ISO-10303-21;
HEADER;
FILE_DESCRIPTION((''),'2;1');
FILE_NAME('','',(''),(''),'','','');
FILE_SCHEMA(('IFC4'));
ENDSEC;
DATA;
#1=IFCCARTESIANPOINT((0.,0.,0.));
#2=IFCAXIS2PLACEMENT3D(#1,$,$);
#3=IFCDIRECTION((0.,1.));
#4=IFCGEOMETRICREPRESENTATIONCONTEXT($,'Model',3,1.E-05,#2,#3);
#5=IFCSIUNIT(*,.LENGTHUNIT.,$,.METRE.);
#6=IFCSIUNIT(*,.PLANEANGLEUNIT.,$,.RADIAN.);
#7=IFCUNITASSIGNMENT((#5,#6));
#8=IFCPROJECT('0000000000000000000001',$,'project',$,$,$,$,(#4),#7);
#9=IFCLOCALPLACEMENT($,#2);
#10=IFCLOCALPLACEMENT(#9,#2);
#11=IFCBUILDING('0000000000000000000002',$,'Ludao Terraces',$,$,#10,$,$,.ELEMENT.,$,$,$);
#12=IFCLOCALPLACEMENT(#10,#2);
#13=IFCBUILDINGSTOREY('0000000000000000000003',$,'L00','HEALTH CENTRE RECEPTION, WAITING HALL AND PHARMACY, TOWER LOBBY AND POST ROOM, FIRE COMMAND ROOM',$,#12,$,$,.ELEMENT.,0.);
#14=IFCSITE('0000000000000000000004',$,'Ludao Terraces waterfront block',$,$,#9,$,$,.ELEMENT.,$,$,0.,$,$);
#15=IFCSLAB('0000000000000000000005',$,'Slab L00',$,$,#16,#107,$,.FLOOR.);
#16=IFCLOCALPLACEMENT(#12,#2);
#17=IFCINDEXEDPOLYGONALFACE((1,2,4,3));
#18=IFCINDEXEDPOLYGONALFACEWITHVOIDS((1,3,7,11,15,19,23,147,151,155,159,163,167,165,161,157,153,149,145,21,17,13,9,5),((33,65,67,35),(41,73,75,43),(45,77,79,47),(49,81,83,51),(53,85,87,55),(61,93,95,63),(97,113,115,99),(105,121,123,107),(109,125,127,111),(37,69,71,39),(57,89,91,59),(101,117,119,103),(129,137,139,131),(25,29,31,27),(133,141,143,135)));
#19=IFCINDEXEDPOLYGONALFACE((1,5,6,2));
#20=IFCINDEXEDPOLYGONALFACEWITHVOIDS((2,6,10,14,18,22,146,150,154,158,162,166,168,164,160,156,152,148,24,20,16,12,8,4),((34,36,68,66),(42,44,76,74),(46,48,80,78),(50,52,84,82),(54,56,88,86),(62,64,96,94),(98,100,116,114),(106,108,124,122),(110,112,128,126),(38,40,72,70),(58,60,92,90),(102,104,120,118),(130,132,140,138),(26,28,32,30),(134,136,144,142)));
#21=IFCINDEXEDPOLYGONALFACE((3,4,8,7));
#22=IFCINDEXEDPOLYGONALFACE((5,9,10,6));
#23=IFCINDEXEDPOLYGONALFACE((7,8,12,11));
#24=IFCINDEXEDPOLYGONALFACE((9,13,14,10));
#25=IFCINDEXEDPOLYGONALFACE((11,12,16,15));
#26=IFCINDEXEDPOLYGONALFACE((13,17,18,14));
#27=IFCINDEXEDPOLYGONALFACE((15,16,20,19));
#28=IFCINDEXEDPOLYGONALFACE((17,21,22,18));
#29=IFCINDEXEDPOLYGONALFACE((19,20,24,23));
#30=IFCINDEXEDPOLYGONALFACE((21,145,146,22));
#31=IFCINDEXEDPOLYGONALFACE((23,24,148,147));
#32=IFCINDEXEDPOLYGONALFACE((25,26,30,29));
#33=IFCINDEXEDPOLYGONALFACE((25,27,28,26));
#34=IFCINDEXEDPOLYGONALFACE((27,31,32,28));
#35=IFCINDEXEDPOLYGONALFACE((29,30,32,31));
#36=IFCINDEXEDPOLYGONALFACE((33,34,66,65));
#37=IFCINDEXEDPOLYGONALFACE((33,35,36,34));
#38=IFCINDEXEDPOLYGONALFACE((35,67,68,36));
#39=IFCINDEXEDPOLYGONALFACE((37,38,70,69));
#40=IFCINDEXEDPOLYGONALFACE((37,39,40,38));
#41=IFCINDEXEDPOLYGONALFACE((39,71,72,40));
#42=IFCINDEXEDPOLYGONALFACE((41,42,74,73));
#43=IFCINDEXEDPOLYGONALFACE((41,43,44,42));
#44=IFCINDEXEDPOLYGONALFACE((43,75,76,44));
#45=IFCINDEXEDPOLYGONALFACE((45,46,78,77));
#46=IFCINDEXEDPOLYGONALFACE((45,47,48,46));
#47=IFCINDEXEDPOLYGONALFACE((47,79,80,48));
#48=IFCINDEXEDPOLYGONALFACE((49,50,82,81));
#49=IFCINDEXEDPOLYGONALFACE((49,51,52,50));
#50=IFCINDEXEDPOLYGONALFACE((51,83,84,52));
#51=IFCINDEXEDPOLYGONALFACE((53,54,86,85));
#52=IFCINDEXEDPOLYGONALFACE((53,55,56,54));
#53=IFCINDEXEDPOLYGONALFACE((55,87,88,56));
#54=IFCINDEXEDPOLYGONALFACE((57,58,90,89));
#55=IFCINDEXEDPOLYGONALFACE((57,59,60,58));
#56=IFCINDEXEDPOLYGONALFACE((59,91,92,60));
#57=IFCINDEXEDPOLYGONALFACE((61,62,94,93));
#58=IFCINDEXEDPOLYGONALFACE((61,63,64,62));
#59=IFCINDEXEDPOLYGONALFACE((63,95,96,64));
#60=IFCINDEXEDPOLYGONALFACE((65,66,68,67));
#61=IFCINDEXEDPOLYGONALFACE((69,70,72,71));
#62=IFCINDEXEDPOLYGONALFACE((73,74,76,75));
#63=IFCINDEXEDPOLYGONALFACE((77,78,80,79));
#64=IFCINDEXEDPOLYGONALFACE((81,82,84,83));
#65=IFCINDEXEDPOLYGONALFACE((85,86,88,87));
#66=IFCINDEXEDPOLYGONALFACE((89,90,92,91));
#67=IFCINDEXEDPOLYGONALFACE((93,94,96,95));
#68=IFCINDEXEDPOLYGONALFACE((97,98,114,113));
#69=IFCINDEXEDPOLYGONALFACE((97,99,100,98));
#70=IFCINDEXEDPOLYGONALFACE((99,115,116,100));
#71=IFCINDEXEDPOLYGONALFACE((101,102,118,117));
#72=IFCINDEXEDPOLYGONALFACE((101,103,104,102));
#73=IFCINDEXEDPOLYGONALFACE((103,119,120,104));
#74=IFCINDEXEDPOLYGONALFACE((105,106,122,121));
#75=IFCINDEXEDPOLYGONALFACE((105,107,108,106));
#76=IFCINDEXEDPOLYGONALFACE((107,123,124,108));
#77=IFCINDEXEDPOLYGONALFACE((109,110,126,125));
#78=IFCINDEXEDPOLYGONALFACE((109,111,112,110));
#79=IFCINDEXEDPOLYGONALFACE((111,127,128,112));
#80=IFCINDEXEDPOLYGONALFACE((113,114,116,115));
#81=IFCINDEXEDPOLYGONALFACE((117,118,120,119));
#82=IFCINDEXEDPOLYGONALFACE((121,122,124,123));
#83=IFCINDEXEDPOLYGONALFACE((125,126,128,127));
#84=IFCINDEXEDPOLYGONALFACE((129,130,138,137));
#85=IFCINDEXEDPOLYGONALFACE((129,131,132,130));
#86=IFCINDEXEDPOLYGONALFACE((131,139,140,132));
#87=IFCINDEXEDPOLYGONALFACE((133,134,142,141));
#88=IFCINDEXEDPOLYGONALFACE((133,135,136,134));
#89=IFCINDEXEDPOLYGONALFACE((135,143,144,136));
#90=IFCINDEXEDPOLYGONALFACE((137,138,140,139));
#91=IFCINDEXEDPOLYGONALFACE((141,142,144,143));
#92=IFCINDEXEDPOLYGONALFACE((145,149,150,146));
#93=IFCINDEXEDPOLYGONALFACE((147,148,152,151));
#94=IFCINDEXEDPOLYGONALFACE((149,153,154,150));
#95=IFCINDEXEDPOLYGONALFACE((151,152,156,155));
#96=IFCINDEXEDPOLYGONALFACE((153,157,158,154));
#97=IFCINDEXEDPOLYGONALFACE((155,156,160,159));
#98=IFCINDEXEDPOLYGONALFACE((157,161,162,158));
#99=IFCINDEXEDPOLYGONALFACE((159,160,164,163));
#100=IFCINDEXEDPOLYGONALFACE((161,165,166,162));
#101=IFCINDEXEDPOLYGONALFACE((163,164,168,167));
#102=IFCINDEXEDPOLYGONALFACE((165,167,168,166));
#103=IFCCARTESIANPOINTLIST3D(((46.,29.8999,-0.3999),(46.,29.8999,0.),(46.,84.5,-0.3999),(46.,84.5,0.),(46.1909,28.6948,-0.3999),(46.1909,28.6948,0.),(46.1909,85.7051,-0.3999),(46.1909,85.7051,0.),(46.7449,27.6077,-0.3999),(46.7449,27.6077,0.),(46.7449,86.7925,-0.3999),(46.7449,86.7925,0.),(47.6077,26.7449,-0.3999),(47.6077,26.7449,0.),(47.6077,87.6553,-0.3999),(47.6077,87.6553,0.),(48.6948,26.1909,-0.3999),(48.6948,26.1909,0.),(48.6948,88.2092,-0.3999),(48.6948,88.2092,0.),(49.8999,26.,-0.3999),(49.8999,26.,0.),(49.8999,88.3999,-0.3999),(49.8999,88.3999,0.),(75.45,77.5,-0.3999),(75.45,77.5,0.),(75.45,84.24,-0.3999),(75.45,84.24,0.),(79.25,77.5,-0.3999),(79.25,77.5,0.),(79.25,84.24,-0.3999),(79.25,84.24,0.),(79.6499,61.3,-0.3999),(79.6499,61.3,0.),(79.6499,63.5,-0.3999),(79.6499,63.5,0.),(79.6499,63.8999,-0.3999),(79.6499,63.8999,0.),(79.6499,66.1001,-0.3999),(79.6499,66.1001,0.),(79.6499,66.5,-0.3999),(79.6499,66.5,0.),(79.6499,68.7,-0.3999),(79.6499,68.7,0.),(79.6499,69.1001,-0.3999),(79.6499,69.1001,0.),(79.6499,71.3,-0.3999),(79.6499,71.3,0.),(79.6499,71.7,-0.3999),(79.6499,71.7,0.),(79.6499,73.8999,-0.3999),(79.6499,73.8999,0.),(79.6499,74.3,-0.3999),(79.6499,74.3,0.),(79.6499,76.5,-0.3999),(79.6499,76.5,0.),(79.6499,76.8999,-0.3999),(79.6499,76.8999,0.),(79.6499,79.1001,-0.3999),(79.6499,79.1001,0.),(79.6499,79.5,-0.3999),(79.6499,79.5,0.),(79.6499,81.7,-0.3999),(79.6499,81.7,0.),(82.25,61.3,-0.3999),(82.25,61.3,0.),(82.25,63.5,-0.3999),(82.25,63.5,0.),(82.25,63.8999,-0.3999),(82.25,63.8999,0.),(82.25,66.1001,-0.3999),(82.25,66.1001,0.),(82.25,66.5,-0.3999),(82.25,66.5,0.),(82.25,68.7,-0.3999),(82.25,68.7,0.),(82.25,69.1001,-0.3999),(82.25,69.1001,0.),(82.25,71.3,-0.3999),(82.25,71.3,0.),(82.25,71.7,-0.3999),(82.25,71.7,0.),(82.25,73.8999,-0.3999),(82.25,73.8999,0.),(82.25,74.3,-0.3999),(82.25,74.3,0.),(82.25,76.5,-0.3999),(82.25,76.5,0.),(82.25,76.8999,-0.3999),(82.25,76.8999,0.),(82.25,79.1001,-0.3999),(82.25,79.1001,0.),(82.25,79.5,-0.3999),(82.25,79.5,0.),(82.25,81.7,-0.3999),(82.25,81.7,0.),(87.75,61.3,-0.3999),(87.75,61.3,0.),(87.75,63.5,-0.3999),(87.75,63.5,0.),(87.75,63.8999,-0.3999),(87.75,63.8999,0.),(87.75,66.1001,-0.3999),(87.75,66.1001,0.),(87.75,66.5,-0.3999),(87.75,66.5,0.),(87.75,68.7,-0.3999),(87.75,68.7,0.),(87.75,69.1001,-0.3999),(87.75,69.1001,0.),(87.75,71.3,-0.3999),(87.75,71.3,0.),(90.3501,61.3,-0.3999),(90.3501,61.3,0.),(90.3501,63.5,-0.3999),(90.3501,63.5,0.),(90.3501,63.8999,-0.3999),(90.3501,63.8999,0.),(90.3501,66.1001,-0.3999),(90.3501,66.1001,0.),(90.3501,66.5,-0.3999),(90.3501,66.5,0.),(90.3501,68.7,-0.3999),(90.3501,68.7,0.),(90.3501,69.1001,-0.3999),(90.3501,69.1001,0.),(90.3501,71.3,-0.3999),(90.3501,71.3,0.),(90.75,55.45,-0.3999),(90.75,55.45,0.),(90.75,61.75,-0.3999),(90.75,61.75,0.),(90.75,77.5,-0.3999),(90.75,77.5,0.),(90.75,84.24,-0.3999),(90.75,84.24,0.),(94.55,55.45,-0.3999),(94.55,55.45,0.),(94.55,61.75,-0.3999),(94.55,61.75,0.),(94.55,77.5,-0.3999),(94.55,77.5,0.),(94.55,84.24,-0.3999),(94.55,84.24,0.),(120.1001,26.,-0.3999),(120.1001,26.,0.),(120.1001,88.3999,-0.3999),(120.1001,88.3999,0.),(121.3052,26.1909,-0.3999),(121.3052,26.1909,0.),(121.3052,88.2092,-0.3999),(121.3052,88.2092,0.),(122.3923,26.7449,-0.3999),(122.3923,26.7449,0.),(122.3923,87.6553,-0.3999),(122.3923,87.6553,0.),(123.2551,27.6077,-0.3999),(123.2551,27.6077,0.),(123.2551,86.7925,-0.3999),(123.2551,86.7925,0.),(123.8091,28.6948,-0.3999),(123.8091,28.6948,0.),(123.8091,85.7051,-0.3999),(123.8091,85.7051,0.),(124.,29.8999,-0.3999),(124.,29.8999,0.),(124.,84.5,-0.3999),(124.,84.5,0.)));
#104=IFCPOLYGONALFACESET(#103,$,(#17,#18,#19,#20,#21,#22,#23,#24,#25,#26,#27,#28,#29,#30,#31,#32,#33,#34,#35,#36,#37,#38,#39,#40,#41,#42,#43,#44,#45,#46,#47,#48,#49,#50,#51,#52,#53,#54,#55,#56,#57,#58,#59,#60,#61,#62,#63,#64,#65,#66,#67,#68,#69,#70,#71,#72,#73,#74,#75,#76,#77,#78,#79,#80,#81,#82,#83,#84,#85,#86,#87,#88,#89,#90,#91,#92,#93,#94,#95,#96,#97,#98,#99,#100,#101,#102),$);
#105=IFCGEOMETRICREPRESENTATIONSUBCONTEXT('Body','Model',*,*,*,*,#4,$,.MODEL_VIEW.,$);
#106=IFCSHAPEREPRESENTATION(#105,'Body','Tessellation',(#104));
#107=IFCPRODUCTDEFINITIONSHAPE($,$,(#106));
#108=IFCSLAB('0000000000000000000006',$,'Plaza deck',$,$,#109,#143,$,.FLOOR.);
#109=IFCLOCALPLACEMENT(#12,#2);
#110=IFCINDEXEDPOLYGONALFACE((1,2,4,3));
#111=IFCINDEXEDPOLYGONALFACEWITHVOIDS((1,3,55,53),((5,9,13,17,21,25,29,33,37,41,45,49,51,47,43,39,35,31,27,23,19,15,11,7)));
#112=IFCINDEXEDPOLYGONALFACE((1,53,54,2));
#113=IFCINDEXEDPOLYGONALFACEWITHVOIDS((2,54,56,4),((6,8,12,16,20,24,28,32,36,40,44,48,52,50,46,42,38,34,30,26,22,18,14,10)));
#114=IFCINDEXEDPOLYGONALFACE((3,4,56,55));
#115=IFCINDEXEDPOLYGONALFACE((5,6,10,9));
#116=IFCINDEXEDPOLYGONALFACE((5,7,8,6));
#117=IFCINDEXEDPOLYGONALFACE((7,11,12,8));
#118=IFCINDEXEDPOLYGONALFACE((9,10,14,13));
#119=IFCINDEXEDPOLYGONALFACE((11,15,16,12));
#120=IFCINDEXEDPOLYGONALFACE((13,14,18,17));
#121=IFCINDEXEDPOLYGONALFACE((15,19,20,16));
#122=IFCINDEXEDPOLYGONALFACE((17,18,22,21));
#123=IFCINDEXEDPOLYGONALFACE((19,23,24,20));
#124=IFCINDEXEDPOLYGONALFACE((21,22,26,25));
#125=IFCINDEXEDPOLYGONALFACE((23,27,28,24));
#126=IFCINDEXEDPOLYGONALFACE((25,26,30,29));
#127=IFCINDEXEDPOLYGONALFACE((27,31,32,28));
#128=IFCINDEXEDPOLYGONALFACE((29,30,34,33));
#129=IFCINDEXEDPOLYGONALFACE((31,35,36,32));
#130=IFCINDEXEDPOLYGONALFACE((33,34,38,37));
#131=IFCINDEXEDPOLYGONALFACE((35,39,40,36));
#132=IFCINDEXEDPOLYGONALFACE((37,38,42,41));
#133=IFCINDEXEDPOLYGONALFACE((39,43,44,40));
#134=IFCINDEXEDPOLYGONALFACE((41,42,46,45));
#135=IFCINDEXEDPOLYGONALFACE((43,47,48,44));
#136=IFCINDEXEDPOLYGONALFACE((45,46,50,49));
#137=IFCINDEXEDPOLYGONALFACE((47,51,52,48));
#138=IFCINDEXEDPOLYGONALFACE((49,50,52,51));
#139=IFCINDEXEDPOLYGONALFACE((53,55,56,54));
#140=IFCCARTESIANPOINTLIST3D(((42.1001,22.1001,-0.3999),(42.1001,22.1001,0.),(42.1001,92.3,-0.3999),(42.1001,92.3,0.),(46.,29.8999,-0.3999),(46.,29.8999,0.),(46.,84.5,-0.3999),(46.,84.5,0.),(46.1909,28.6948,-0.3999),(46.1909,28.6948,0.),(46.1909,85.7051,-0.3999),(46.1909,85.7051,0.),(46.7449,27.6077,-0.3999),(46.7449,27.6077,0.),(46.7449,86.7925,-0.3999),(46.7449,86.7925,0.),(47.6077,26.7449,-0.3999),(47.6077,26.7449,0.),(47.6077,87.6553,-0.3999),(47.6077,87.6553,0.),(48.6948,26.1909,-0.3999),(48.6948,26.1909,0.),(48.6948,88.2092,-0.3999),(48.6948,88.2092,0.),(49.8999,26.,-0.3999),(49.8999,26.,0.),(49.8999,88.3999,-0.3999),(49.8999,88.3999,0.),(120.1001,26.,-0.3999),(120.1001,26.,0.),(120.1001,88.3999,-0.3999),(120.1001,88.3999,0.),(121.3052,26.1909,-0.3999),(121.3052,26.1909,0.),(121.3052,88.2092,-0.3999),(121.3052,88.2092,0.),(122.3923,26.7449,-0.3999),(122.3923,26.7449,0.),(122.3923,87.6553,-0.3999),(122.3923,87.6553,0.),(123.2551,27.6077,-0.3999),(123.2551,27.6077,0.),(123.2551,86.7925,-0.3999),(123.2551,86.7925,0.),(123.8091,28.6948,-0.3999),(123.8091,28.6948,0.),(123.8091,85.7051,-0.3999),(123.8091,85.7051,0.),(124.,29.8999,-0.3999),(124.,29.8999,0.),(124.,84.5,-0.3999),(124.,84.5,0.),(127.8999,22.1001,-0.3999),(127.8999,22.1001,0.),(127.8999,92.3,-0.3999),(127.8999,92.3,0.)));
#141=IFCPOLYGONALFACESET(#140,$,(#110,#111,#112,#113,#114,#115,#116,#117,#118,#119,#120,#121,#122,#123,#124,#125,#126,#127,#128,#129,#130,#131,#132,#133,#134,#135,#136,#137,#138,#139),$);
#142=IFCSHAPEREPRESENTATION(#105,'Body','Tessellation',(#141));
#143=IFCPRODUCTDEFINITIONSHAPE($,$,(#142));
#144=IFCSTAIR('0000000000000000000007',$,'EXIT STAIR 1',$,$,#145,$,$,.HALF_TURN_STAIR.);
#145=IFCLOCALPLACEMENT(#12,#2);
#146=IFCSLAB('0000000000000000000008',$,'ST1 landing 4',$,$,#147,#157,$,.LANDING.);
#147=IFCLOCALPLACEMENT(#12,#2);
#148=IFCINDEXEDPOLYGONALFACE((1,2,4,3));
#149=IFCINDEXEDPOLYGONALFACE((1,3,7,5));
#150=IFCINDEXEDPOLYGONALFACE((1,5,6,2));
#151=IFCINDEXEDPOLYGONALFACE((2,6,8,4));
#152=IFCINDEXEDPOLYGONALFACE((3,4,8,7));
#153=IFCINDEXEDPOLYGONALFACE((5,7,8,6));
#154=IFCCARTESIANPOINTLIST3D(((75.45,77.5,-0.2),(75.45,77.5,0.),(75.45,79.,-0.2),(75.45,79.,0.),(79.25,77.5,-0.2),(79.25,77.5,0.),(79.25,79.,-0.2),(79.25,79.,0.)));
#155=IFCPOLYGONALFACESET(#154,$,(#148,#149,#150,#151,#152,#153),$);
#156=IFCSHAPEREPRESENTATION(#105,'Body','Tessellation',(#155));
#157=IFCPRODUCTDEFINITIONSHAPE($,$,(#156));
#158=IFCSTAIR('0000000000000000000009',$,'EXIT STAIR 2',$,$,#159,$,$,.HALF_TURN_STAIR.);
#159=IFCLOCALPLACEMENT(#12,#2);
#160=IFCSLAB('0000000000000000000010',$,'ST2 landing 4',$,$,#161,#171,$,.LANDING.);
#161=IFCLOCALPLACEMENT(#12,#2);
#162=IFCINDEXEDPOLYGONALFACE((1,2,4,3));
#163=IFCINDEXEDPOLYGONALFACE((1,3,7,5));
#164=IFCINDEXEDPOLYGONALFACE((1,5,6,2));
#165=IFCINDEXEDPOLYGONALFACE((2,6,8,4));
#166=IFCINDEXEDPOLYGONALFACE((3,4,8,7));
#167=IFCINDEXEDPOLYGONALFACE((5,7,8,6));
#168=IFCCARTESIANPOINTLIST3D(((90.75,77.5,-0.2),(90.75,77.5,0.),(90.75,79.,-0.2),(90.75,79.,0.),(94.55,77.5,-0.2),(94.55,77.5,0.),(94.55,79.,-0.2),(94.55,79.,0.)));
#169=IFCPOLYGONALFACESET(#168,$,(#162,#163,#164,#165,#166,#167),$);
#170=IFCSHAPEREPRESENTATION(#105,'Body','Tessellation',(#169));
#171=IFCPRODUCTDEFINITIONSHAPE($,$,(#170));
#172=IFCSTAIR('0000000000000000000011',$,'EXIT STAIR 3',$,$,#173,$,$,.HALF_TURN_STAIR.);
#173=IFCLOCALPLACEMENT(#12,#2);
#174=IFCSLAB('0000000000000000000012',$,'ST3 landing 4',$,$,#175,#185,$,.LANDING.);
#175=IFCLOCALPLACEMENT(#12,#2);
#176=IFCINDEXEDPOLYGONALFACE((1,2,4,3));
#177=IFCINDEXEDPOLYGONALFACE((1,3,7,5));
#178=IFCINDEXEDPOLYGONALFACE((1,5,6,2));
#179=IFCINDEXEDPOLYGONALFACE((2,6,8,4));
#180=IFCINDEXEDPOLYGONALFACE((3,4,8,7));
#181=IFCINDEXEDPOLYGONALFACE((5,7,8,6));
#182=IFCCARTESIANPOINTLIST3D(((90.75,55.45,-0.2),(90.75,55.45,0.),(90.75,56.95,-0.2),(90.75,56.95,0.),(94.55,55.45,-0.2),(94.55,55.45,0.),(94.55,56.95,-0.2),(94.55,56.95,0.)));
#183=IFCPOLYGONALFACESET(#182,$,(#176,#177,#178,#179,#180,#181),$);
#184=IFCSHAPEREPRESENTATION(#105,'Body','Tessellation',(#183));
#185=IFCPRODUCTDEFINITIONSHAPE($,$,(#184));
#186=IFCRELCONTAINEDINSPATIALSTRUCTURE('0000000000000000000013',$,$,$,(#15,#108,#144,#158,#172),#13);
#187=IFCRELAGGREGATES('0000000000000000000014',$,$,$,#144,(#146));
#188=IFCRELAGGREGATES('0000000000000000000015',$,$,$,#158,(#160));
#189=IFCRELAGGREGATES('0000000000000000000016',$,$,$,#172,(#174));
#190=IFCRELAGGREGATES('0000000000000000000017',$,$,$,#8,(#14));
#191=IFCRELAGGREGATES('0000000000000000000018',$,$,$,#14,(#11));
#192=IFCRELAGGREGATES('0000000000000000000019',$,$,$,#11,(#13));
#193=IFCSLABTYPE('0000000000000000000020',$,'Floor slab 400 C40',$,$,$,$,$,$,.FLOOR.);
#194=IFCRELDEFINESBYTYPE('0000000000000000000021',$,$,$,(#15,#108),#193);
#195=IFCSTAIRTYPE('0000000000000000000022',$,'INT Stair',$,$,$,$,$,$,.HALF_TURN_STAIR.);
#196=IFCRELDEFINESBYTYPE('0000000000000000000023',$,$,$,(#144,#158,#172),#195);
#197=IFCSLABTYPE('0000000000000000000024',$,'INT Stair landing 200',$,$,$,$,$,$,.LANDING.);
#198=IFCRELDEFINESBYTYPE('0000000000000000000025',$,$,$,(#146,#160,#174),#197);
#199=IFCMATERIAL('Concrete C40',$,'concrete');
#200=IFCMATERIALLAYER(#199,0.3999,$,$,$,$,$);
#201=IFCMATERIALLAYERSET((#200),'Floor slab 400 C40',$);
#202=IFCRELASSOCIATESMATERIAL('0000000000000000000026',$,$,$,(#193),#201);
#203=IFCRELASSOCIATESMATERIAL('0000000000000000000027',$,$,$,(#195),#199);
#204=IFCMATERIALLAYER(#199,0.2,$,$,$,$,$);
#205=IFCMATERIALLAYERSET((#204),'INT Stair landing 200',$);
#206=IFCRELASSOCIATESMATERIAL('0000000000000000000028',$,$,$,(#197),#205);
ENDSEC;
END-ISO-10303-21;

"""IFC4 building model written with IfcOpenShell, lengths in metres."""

from ifc_helpers import new_model, si_unit, direction, frame, origin, place, context, subcontext, project, spatial, polyline, outline, extrude, material, layer, layer_set, type_object, element, aggregate, save


model = new_model("IFC4")

# Units and contexts
model_context = context("Model", 3, precision=1e-05, world=origin(), true_north=direction((0.0, 1.0)))
body_context = subcontext(model_context, "Body", "Model", "MODEL_VIEW")
ifc_project = project(units=[si_unit("LENGTHUNIT", "METRE"), si_unit("PLANEANGLEUNIT", "RADIAN")], contexts=[model_context])

# Site, building, storey
site_placement = place(None, origin())
site = spatial("IfcSite", under=ifc_project, at=site_placement, Name="Ludao Terraces waterfront block", CompositionType="ELEMENT", RefElevation=0.0)
building_placement = place(site_placement, origin())
building = spatial("IfcBuilding", under=site, at=building_placement, Name="Ludao Terraces", CompositionType="ELEMENT")
storey_placement = place(building_placement, origin())
storey = spatial("IfcBuildingStorey", under=building, at=storey_placement, Name="L00", Description="HEALTH CENTRE RECEPTION, WAITING HALL AND PHARMACY, TOWER LOBBY AND POST ROOM, FIRE COMMAND ROOM", CompositionType="ELEMENT", Elevation=0.0)

# Slabs
ifc_material_1 = material(Name="Concrete C40", Category="concrete")
ifc_layer_1 = layer(ifc_material_1, 0.3999)
ifc_layer_set_1 = layer_set([ifc_layer_1], Name="Floor slab 400 C40")
slab_type_1 = type_object("IfcSlabType", Name="Floor slab 400 C40", PredefinedType="FLOOR", material=ifc_layer_set_1)
slab_1_placement = place(storey_placement, frame((0.0, 0.0, -0.3999)))
element("IfcSlab", 1, at=slab_1_placement, inside=storey, type_object=slab_type_1, Name="Slab L00", PredefinedType="FLOOR", context=body_context, shape_type="SweptSolid", body=[
    extrude(outline(polyline([(120.1001, 26.0), (121.3052, 26.1909), (122.3923, 26.7449), (123.2551, 27.6077), (123.8091, 28.6948), (124.0, 29.8999), (124.0, 84.5), (123.8091, 85.7051), (123.2551, 86.7925), (122.3923, 87.6553), (121.3052, 88.2092), (120.1001, 88.3999), (49.8999, 88.3999), (48.6948, 88.2092), (47.6077, 87.6553), (46.7449, 86.7925), (46.1909, 85.7051), (46.0, 84.5), (46.0, 29.8999), (46.1909, 28.6948), (46.7449, 27.6077), (47.6077, 26.7449), (48.6948, 26.1909), (49.8999, 26.0), (120.1001, 26.0)]), holes=[polyline([(79.6499, 61.3), (82.25, 61.3), (82.25, 63.5), (79.6499, 63.5), (79.6499, 61.3)]), polyline([(79.6499, 63.8999), (82.25, 63.8999), (82.25, 66.1001), (79.6499, 66.1001), (79.6499, 63.8999)]), polyline([(79.6499, 66.5), (82.25, 66.5), (82.25, 68.7), (79.6499, 68.7), (79.6499, 66.5)]), polyline([(79.6499, 69.1001), (82.25, 69.1001), (82.25, 71.3), (79.6499, 71.3), (79.6499, 69.1001)]), polyline([(79.6499, 71.7), (82.25, 71.7), (82.25, 73.8999), (79.6499, 73.8999), (79.6499, 71.7)]), polyline([(79.6499, 74.3), (82.25, 74.3), (82.25, 76.5), (79.6499, 76.5), (79.6499, 74.3)]), polyline([(79.6499, 76.8999), (82.25, 76.8999), (82.25, 79.1001), (79.6499, 79.1001), (79.6499, 76.8999)]), polyline([(79.6499, 79.5), (82.25, 79.5), (82.25, 81.7), (79.6499, 81.7), (79.6499, 79.5)]), polyline([(87.75, 61.3), (90.3501, 61.3), (90.3501, 63.5), (87.75, 63.5), (87.75, 61.3)]), polyline([(87.75, 63.8999), (90.3501, 63.8999), (90.3501, 66.1001), (87.75, 66.1001), (87.75, 63.8999)]), polyline([(87.75, 66.5), (90.3501, 66.5), (90.3501, 68.7), (87.75, 68.7), (87.75, 66.5)]), polyline([(87.75, 69.1001), (90.3501, 69.1001), (90.3501, 71.3), (87.75, 71.3), (87.75, 69.1001)]), polyline([(75.45, 77.5), (79.25, 77.5), (79.25, 84.24), (75.45, 84.24), (75.45, 77.5)]), polyline([(90.75, 77.5), (94.55, 77.5), (94.55, 84.24), (90.75, 84.24), (90.75, 77.5)]), polyline([(90.75, 55.45), (94.55, 55.45), (94.55, 61.75), (90.75, 61.75), (90.75, 55.45)])]), origin(), (0.0, 0.0, 1.0), 0.3999),
])
slab_2_placement = place(storey_placement, frame((0.0, 0.0, -0.3999)))
element("IfcSlab", 2, at=slab_2_placement, inside=storey, type_object=slab_type_1, Name="Plaza deck", PredefinedType="FLOOR", context=body_context, shape_type="SweptSolid", body=[
    extrude(outline(polyline([(42.1001, 22.1001), (127.8999, 22.1001), (127.8999, 92.3), (42.1001, 92.3), (42.1001, 22.1001)]), holes=[polyline([(120.1001, 26.0), (121.3052, 26.1909), (122.3923, 26.7449), (123.2551, 27.6077), (123.8091, 28.6948), (124.0, 29.8999), (124.0, 84.5), (123.8091, 85.7051), (123.2551, 86.7925), (122.3923, 87.6553), (121.3052, 88.2092), (120.1001, 88.3999), (49.8999, 88.3999), (48.6948, 88.2092), (47.6077, 87.6553), (46.7449, 86.7925), (46.1909, 85.7051), (46.0, 84.5), (46.0, 29.8999), (46.1909, 28.6948), (46.7449, 27.6077), (47.6077, 26.7449), (48.6948, 26.1909), (49.8999, 26.0), (120.1001, 26.0)])]), origin(), (0.0, 0.0, 1.0), 0.3999),
])

# Stairs, slabs
stair_type = type_object("IfcStairType", Name="INT Stair", PredefinedType="HALF_TURN_STAIR", material=ifc_material_1)
stair_1_placement = place(storey_placement, origin())
stair_1 = element("IfcStair", 3, at=stair_1_placement, inside=storey, type_object=stair_type, Name="EXIT STAIR 1", PredefinedType="HALF_TURN_STAIR")
ifc_layer_2 = layer(ifc_material_1, 0.2)
ifc_layer_set_2 = layer_set([ifc_layer_2], Name="INT Stair landing 200")
slab_type_2 = type_object("IfcSlabType", Name="INT Stair landing 200", PredefinedType="LANDING", material=ifc_layer_set_2)
slab_3_placement = place(storey_placement, frame((0.0, 0.0, -0.2)))
slab_3 = element("IfcSlab", 4, at=slab_3_placement, type_object=slab_type_2, Name="ST1 landing 4", PredefinedType="LANDING", context=body_context, shape_type="SweptSolid", body=[
    extrude(outline(polyline([(75.45, 77.5), (79.25, 77.5), (79.25, 79.0), (75.45, 79.0), (75.45, 77.5)])), origin(), (0.0, 0.0, 1.0), 0.2),
])
aggregate(stair_1, [slab_3])
stair_2_placement = place(storey_placement, origin())
stair_2 = element("IfcStair", 5, at=stair_2_placement, inside=storey, type_object=stair_type, Name="EXIT STAIR 2", PredefinedType="HALF_TURN_STAIR")
slab_4_placement = place(storey_placement, frame((0.0, 0.0, -0.2)))
slab_4 = element("IfcSlab", 6, at=slab_4_placement, type_object=slab_type_2, Name="ST2 landing 4", PredefinedType="LANDING", context=body_context, shape_type="SweptSolid", body=[
    extrude(outline(polyline([(90.75, 77.5), (94.55, 77.5), (94.55, 79.0), (90.75, 79.0), (90.75, 77.5)])), origin(), (0.0, 0.0, 1.0), 0.2),
])
aggregate(stair_2, [slab_4])
stair_3_placement = place(storey_placement, origin())
stair_3 = element("IfcStair", 7, at=stair_3_placement, inside=storey, type_object=stair_type, Name="EXIT STAIR 3", PredefinedType="HALF_TURN_STAIR")
slab_5_placement = place(storey_placement, frame((0.0, 0.0, -0.2)))
slab_5 = element("IfcSlab", 8, at=slab_5_placement, type_object=slab_type_2, Name="ST3 landing 4", PredefinedType="LANDING", context=body_context, shape_type="SweptSolid", body=[
    extrude(outline(polyline([(90.75, 55.45), (94.55, 55.45), (94.55, 56.95), (90.75, 56.95), (90.75, 55.45)])), origin(), (0.0, 0.0, 1.0), 0.2),
])
aggregate(stair_3, [slab_5])

save(model, "model.ifc")
